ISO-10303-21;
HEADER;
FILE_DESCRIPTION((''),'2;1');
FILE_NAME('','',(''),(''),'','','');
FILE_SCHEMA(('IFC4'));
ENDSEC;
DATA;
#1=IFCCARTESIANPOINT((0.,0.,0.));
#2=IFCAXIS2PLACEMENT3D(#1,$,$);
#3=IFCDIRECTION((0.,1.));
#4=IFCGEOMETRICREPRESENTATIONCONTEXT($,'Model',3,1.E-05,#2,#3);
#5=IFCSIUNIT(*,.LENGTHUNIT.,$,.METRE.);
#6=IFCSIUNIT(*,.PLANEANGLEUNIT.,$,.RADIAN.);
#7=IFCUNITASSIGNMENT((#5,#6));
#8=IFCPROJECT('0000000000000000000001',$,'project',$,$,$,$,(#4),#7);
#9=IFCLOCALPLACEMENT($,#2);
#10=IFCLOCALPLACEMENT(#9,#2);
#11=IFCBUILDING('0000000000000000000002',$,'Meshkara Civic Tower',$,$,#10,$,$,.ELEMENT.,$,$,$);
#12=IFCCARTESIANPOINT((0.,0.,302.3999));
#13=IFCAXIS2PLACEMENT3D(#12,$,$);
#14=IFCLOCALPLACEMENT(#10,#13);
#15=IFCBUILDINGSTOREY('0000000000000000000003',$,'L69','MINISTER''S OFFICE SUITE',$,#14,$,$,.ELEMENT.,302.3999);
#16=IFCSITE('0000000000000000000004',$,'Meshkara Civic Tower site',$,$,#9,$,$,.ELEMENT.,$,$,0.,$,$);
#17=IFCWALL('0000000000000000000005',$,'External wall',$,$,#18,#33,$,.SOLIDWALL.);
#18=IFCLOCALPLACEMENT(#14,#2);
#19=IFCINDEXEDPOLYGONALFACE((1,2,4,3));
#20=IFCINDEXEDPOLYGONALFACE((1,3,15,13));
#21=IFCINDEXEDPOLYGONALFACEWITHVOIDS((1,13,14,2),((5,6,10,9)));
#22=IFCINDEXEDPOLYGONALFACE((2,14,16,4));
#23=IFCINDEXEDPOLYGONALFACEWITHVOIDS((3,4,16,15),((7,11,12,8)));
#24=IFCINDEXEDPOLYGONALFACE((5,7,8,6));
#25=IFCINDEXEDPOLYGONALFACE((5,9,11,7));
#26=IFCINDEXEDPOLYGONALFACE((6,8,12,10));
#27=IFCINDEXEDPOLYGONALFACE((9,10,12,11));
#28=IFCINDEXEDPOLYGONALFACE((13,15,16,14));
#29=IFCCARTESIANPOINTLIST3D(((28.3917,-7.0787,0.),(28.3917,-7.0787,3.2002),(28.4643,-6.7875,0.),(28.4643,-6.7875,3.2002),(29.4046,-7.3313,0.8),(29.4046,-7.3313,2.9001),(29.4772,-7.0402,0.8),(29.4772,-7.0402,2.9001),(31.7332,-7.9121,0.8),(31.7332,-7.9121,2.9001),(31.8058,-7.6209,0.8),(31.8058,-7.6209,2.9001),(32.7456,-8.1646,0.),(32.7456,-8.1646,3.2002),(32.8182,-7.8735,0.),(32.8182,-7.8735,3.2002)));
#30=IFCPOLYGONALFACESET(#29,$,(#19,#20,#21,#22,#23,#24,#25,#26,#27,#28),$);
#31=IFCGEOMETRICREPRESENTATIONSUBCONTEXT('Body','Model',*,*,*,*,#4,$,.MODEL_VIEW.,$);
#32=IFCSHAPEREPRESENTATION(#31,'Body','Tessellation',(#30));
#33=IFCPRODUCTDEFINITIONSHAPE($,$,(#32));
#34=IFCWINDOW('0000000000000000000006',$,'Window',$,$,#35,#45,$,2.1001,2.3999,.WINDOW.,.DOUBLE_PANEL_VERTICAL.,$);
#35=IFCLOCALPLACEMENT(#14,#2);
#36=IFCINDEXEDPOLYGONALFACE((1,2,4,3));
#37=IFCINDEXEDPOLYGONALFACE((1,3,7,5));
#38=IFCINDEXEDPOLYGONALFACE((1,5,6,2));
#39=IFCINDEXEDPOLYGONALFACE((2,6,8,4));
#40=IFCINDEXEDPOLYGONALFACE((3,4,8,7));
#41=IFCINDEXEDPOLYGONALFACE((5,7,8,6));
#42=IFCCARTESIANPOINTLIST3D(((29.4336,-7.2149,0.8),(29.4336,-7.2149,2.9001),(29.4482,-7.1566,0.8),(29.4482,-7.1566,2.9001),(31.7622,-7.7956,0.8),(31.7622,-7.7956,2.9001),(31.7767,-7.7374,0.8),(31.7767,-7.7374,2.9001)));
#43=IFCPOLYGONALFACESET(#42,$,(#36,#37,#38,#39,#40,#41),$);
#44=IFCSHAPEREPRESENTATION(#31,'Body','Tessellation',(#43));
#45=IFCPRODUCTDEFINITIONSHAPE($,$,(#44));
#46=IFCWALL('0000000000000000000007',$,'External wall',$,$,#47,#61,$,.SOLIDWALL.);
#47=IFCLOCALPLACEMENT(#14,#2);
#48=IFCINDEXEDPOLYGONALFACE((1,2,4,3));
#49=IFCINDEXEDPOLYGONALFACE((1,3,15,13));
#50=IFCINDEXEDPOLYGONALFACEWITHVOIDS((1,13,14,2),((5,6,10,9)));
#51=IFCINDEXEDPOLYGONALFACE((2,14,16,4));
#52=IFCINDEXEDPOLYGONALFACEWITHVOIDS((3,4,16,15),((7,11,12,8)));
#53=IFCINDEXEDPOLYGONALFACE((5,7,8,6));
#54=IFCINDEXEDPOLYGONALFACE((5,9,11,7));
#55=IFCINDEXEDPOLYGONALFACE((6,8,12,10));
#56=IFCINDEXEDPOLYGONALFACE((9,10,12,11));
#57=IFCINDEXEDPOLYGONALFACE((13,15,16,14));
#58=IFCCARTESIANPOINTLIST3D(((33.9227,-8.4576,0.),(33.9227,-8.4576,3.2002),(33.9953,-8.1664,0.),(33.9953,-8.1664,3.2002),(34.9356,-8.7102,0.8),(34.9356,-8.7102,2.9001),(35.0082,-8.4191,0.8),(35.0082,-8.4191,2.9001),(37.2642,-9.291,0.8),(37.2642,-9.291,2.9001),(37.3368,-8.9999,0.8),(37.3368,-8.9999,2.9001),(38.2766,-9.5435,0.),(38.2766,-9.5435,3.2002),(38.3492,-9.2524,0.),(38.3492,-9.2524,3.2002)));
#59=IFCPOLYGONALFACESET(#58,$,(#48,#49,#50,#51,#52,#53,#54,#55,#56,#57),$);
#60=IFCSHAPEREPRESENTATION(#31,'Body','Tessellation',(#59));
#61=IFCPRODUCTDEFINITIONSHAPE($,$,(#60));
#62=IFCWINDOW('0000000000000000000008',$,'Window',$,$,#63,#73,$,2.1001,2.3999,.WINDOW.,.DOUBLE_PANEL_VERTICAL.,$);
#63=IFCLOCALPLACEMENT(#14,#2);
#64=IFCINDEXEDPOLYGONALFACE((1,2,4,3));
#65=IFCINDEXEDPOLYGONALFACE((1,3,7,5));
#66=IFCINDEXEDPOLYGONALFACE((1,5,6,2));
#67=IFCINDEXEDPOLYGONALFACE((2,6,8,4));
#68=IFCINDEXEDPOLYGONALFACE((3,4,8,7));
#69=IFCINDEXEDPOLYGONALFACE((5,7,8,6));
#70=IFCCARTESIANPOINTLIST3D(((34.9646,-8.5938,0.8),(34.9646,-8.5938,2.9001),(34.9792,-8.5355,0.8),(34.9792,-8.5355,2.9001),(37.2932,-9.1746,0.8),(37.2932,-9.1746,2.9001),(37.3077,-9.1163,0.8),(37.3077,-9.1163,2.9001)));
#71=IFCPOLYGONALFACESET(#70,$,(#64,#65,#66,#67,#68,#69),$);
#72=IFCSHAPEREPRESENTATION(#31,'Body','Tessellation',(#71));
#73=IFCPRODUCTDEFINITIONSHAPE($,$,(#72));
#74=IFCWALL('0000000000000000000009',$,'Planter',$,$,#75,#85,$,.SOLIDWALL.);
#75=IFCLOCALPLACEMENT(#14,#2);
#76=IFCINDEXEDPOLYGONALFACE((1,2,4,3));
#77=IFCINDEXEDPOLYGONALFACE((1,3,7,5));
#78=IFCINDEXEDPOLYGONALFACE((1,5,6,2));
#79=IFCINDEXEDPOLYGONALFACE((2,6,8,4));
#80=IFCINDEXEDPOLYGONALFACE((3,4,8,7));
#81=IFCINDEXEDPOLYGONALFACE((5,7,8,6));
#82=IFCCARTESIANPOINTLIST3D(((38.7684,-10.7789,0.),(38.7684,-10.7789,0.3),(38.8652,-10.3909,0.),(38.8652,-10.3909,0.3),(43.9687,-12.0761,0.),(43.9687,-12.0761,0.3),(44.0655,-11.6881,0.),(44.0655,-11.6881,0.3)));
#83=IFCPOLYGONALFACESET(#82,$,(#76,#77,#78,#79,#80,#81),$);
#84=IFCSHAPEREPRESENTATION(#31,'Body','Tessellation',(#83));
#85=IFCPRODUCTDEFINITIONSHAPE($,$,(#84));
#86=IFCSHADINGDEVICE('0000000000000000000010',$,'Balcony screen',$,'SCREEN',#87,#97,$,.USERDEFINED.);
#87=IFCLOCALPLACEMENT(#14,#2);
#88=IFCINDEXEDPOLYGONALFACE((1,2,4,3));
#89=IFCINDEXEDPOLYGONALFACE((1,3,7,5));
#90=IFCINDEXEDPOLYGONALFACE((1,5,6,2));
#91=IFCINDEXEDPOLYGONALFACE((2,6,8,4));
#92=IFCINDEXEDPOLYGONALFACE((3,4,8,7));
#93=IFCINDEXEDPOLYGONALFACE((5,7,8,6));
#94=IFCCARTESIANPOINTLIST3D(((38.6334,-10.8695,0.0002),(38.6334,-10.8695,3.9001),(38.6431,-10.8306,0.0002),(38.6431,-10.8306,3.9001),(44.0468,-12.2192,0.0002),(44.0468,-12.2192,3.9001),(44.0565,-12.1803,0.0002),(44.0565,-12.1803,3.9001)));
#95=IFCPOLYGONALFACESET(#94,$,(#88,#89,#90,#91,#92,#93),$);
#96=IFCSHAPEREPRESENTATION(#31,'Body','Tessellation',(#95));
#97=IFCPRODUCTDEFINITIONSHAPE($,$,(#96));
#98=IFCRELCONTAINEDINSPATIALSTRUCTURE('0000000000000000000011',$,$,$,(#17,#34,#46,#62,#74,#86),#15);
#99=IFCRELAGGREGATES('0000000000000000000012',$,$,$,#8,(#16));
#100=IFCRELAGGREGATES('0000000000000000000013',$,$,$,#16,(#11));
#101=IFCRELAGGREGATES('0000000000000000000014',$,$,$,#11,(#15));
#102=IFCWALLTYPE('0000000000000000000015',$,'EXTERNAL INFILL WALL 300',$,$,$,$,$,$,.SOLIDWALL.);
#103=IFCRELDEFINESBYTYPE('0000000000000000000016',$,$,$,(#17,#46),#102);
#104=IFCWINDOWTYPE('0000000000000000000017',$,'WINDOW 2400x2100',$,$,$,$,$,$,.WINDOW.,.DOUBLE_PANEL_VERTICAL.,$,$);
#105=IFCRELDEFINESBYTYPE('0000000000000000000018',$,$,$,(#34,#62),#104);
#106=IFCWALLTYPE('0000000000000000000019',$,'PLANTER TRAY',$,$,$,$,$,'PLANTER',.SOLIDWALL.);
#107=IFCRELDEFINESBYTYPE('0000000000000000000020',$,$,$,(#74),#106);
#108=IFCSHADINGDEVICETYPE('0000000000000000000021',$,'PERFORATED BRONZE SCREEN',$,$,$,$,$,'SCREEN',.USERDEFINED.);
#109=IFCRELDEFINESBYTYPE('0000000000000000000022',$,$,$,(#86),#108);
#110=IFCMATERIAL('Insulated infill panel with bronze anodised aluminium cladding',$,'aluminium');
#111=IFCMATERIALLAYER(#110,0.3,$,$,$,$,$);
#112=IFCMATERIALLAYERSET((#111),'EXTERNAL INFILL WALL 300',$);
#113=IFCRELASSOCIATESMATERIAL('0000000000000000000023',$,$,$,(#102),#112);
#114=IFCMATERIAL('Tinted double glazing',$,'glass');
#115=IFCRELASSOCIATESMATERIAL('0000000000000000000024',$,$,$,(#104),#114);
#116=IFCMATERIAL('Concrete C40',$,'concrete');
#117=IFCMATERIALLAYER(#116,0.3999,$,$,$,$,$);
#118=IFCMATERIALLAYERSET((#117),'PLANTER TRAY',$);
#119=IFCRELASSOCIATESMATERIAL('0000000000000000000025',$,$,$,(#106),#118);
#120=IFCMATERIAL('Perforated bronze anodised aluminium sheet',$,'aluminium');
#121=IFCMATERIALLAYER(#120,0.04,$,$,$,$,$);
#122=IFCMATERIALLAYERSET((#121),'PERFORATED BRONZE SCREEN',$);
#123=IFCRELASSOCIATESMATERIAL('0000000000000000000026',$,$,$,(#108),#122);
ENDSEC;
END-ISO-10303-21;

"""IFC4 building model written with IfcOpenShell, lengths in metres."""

from ifc_helpers import new_model, si_unit, direction, frame, frame_2d, origin, origin_2d, place, context, subcontext, project, spatial, rectangle, extrude, material, layer, layer_set, type_object, element, fill, save


model = new_model("IFC4")

# Units and contexts
model_context = context("Model", 3, precision=1e-05, world=origin(), true_north=direction((0.0, 1.0)))
body_context = subcontext(model_context, "Body", "Model", "MODEL_VIEW")
ifc_project = project(units=[si_unit("LENGTHUNIT", "METRE"), si_unit("PLANEANGLEUNIT", "RADIAN")], contexts=[model_context])

# Site, building, storey
site_placement = place(None, origin())
site = spatial("IfcSite", under=ifc_project, at=site_placement, Name="Meshkara Civic Tower site", CompositionType="ELEMENT", RefElevation=0.0)
building_placement = place(site_placement, origin())
building = spatial("IfcBuilding", under=site, at=building_placement, Name="Meshkara Civic Tower", CompositionType="ELEMENT")
storey_placement = place(building_placement, frame((0.0, 0.0, 302.3999)))
storey = spatial("IfcBuildingStorey", under=building, at=storey_placement, Name="L69", Description="MINISTER'S OFFICE SUITE", CompositionType="ELEMENT", Elevation=302.3999)

# Walls, openings, windows
ifc_material_1 = material(Name="Insulated infill panel with bronze anodised aluminium cladding", Category="aluminium")
ifc_layer_1 = layer(ifc_material_1, 0.3)
ifc_layer_set_1 = layer_set([ifc_layer_1], Name="EXTERNAL INFILL WALL 300")
wall_type_1 = type_object("IfcWallType", Name="EXTERNAL INFILL WALL 300", PredefinedType="SOLIDWALL", material=ifc_layer_set_1)
ifc_material_2 = material(Name="Tinted double glazing", Category="glass")
window_type = type_object("IfcWindowType", Name="WINDOW 2400x2100", PartitioningType="DOUBLE_PANEL_VERTICAL", PredefinedType="WINDOW", material=ifc_material_2)
wall_1_placement = place(storey_placement, frame((28.428, -6.9331, 0.0), z_axis=(0.0, 0.0, 1.0), x_axis=(0.970277, -0.241998, 0.0)))
wall_1 = element("IfcWall", 1, at=wall_1_placement, inside=storey, type_object=wall_type_1, Name="External wall", PredefinedType="SOLIDWALL", context=body_context, shape_type="SweptSolid", body=[
    extrude(rectangle(XDim=4.4873, YDim=0.3, at=frame_2d((2.2437, 0.0))), origin(), (0.0, 0.0, 1.0), 3.2002),
])
opening_1_placement = place(wall_1_placement, frame((1.0439, 0.0, 0.8)))
opening_1 = element("IfcOpeningElement", 2, at=opening_1_placement, cuts=wall_1, PredefinedType="OPENING", context=body_context, shape_type="SweptSolid", body=[
    extrude(rectangle(XDim=2.3999, YDim=2.1001, at=frame_2d((1.2, 1.05))), frame((0.0, 0.1599, 0.0), z_axis=(0.0, -1.0, 0.0), x_axis=(1.0, 0.0, 0.0)), (0.0, 0.0, 1.0), 0.3201),
])
window_1_placement = place(opening_1_placement, origin())
window_1 = element("IfcWindow", 3, at=window_1_placement, inside=storey, type_object=window_type, Name="Window", OverallHeight=2.1001, OverallWidth=2.3999, PartitioningType="DOUBLE_PANEL_VERTICAL", PredefinedType="WINDOW", context=body_context, shape_type="SweptSolid", body=[
    extrude(rectangle(XDim=2.3999, YDim=2.1001, at=frame_2d((1.2, 1.05))), frame((0.0, 0.03, 0.0), z_axis=(0.0, -1.0, 0.0), x_axis=(1.0, 0.0, 0.0)), (0.0, 0.0, 1.0), 0.0601),
])
fill(opening_1, window_1)
wall_2_placement = place(storey_placement, frame((33.959, -8.312, 0.0), z_axis=(0.0, 0.0, 1.0), x_axis=(0.970277, -0.241998, 0.0)))
wall_2 = element("IfcWall", 4, at=wall_2_placement, inside=storey, type_object=wall_type_1, Name="External wall", PredefinedType="SOLIDWALL", context=body_context, shape_type="SweptSolid", body=[
    extrude(rectangle(XDim=4.4873, YDim=0.3, at=frame_2d((2.2437, 0.0))), origin(), (0.0, 0.0, 1.0), 3.2002),
])
opening_2_placement = place(wall_2_placement, frame((1.0439, 0.0, 0.8)))
opening_2 = element("IfcOpeningElement", 5, at=opening_2_placement, cuts=wall_2, PredefinedType="OPENING", context=body_context, shape_type="SweptSolid", body=[
    extrude(rectangle(XDim=2.3999, YDim=2.1001, at=frame_2d((1.2, 1.05))), frame((0.0, 0.1599, 0.0), z_axis=(0.0, -1.0, 0.0), x_axis=(1.0, 0.0, 0.0)), (0.0, 0.0, 1.0), 0.3201),
])
window_2_placement = place(opening_2_placement, origin())
window_2 = element("IfcWindow", 6, at=window_2_placement, inside=storey, type_object=window_type, Name="Window", OverallHeight=2.1001, OverallWidth=2.3999, PartitioningType="DOUBLE_PANEL_VERTICAL", PredefinedType="WINDOW", context=body_context, shape_type="SweptSolid", body=[
    extrude(rectangle(XDim=2.3999, YDim=2.1001, at=frame_2d((1.2, 1.05))), frame((0.0, 0.03, 0.0), z_axis=(0.0, -1.0, 0.0), x_axis=(1.0, 0.0, 0.0)), (0.0, 0.0, 1.0), 0.0601),
])
fill(opening_2, window_2)

# Wall
ifc_material_3 = material(Name="Concrete C40", Category="concrete")
ifc_layer_2 = layer(ifc_material_3, 0.3999)
ifc_layer_set_2 = layer_set([ifc_layer_2], Name="PLANTER TRAY")
wall_type_2 = type_object("IfcWallType", Name="PLANTER TRAY", ElementType="PLANTER", PredefinedType="SOLIDWALL", material=ifc_layer_set_2)
wall_3_placement = place(storey_placement, frame((38.8169, -10.585, 0.0), z_axis=(0.0, 0.0, 1.0), x_axis=(0.970271, -0.242021, 0.0)))
element("IfcWall", 7, at=wall_3_placement, inside=storey, type_object=wall_type_2, Name="Planter", PredefinedType="SOLIDWALL", context=body_context, shape_type="SweptSolid", body=[
    extrude(rectangle(XDim=5.3596, YDim=0.3999, at=frame_2d((2.6797, 0.0))), origin(), (0.0, 0.0, 1.0), 0.3),
])

# Shading device
ifc_material_4 = material(Name="Perforated bronze anodised aluminium sheet", Category="aluminium")
ifc_layer_3 = layer(ifc_material_4, 0.04)
ifc_layer_set_3 = layer_set([ifc_layer_3], Name="PERFORATED BRONZE SCREEN")
shading_device_type = type_object("IfcShadingDeviceType", Name="PERFORATED BRONZE SCREEN", ElementType="SCREEN", PredefinedType="USERDEFINED", material=ifc_layer_set_3)
shading_device_placement = place(storey_placement, frame((41.345, -11.5249, 0.0002), z_axis=(0.0, 0.0, 1.0), x_axis=(0.970296, -0.241922, 0.0)))
element("IfcShadingDevice", 8, at=shading_device_placement, inside=storey, type_object=shading_device_type, Name="Balcony screen", ObjectType="SCREEN", PredefinedType="USERDEFINED", context=body_context, shape_type="SweptSolid", body=[
    extrude(rectangle(XDim=5.5791, YDim=0.04, at=origin_2d()), origin(), (0.0, 0.0, 1.0), 3.8999),
])

save(model, "model.ifc")
